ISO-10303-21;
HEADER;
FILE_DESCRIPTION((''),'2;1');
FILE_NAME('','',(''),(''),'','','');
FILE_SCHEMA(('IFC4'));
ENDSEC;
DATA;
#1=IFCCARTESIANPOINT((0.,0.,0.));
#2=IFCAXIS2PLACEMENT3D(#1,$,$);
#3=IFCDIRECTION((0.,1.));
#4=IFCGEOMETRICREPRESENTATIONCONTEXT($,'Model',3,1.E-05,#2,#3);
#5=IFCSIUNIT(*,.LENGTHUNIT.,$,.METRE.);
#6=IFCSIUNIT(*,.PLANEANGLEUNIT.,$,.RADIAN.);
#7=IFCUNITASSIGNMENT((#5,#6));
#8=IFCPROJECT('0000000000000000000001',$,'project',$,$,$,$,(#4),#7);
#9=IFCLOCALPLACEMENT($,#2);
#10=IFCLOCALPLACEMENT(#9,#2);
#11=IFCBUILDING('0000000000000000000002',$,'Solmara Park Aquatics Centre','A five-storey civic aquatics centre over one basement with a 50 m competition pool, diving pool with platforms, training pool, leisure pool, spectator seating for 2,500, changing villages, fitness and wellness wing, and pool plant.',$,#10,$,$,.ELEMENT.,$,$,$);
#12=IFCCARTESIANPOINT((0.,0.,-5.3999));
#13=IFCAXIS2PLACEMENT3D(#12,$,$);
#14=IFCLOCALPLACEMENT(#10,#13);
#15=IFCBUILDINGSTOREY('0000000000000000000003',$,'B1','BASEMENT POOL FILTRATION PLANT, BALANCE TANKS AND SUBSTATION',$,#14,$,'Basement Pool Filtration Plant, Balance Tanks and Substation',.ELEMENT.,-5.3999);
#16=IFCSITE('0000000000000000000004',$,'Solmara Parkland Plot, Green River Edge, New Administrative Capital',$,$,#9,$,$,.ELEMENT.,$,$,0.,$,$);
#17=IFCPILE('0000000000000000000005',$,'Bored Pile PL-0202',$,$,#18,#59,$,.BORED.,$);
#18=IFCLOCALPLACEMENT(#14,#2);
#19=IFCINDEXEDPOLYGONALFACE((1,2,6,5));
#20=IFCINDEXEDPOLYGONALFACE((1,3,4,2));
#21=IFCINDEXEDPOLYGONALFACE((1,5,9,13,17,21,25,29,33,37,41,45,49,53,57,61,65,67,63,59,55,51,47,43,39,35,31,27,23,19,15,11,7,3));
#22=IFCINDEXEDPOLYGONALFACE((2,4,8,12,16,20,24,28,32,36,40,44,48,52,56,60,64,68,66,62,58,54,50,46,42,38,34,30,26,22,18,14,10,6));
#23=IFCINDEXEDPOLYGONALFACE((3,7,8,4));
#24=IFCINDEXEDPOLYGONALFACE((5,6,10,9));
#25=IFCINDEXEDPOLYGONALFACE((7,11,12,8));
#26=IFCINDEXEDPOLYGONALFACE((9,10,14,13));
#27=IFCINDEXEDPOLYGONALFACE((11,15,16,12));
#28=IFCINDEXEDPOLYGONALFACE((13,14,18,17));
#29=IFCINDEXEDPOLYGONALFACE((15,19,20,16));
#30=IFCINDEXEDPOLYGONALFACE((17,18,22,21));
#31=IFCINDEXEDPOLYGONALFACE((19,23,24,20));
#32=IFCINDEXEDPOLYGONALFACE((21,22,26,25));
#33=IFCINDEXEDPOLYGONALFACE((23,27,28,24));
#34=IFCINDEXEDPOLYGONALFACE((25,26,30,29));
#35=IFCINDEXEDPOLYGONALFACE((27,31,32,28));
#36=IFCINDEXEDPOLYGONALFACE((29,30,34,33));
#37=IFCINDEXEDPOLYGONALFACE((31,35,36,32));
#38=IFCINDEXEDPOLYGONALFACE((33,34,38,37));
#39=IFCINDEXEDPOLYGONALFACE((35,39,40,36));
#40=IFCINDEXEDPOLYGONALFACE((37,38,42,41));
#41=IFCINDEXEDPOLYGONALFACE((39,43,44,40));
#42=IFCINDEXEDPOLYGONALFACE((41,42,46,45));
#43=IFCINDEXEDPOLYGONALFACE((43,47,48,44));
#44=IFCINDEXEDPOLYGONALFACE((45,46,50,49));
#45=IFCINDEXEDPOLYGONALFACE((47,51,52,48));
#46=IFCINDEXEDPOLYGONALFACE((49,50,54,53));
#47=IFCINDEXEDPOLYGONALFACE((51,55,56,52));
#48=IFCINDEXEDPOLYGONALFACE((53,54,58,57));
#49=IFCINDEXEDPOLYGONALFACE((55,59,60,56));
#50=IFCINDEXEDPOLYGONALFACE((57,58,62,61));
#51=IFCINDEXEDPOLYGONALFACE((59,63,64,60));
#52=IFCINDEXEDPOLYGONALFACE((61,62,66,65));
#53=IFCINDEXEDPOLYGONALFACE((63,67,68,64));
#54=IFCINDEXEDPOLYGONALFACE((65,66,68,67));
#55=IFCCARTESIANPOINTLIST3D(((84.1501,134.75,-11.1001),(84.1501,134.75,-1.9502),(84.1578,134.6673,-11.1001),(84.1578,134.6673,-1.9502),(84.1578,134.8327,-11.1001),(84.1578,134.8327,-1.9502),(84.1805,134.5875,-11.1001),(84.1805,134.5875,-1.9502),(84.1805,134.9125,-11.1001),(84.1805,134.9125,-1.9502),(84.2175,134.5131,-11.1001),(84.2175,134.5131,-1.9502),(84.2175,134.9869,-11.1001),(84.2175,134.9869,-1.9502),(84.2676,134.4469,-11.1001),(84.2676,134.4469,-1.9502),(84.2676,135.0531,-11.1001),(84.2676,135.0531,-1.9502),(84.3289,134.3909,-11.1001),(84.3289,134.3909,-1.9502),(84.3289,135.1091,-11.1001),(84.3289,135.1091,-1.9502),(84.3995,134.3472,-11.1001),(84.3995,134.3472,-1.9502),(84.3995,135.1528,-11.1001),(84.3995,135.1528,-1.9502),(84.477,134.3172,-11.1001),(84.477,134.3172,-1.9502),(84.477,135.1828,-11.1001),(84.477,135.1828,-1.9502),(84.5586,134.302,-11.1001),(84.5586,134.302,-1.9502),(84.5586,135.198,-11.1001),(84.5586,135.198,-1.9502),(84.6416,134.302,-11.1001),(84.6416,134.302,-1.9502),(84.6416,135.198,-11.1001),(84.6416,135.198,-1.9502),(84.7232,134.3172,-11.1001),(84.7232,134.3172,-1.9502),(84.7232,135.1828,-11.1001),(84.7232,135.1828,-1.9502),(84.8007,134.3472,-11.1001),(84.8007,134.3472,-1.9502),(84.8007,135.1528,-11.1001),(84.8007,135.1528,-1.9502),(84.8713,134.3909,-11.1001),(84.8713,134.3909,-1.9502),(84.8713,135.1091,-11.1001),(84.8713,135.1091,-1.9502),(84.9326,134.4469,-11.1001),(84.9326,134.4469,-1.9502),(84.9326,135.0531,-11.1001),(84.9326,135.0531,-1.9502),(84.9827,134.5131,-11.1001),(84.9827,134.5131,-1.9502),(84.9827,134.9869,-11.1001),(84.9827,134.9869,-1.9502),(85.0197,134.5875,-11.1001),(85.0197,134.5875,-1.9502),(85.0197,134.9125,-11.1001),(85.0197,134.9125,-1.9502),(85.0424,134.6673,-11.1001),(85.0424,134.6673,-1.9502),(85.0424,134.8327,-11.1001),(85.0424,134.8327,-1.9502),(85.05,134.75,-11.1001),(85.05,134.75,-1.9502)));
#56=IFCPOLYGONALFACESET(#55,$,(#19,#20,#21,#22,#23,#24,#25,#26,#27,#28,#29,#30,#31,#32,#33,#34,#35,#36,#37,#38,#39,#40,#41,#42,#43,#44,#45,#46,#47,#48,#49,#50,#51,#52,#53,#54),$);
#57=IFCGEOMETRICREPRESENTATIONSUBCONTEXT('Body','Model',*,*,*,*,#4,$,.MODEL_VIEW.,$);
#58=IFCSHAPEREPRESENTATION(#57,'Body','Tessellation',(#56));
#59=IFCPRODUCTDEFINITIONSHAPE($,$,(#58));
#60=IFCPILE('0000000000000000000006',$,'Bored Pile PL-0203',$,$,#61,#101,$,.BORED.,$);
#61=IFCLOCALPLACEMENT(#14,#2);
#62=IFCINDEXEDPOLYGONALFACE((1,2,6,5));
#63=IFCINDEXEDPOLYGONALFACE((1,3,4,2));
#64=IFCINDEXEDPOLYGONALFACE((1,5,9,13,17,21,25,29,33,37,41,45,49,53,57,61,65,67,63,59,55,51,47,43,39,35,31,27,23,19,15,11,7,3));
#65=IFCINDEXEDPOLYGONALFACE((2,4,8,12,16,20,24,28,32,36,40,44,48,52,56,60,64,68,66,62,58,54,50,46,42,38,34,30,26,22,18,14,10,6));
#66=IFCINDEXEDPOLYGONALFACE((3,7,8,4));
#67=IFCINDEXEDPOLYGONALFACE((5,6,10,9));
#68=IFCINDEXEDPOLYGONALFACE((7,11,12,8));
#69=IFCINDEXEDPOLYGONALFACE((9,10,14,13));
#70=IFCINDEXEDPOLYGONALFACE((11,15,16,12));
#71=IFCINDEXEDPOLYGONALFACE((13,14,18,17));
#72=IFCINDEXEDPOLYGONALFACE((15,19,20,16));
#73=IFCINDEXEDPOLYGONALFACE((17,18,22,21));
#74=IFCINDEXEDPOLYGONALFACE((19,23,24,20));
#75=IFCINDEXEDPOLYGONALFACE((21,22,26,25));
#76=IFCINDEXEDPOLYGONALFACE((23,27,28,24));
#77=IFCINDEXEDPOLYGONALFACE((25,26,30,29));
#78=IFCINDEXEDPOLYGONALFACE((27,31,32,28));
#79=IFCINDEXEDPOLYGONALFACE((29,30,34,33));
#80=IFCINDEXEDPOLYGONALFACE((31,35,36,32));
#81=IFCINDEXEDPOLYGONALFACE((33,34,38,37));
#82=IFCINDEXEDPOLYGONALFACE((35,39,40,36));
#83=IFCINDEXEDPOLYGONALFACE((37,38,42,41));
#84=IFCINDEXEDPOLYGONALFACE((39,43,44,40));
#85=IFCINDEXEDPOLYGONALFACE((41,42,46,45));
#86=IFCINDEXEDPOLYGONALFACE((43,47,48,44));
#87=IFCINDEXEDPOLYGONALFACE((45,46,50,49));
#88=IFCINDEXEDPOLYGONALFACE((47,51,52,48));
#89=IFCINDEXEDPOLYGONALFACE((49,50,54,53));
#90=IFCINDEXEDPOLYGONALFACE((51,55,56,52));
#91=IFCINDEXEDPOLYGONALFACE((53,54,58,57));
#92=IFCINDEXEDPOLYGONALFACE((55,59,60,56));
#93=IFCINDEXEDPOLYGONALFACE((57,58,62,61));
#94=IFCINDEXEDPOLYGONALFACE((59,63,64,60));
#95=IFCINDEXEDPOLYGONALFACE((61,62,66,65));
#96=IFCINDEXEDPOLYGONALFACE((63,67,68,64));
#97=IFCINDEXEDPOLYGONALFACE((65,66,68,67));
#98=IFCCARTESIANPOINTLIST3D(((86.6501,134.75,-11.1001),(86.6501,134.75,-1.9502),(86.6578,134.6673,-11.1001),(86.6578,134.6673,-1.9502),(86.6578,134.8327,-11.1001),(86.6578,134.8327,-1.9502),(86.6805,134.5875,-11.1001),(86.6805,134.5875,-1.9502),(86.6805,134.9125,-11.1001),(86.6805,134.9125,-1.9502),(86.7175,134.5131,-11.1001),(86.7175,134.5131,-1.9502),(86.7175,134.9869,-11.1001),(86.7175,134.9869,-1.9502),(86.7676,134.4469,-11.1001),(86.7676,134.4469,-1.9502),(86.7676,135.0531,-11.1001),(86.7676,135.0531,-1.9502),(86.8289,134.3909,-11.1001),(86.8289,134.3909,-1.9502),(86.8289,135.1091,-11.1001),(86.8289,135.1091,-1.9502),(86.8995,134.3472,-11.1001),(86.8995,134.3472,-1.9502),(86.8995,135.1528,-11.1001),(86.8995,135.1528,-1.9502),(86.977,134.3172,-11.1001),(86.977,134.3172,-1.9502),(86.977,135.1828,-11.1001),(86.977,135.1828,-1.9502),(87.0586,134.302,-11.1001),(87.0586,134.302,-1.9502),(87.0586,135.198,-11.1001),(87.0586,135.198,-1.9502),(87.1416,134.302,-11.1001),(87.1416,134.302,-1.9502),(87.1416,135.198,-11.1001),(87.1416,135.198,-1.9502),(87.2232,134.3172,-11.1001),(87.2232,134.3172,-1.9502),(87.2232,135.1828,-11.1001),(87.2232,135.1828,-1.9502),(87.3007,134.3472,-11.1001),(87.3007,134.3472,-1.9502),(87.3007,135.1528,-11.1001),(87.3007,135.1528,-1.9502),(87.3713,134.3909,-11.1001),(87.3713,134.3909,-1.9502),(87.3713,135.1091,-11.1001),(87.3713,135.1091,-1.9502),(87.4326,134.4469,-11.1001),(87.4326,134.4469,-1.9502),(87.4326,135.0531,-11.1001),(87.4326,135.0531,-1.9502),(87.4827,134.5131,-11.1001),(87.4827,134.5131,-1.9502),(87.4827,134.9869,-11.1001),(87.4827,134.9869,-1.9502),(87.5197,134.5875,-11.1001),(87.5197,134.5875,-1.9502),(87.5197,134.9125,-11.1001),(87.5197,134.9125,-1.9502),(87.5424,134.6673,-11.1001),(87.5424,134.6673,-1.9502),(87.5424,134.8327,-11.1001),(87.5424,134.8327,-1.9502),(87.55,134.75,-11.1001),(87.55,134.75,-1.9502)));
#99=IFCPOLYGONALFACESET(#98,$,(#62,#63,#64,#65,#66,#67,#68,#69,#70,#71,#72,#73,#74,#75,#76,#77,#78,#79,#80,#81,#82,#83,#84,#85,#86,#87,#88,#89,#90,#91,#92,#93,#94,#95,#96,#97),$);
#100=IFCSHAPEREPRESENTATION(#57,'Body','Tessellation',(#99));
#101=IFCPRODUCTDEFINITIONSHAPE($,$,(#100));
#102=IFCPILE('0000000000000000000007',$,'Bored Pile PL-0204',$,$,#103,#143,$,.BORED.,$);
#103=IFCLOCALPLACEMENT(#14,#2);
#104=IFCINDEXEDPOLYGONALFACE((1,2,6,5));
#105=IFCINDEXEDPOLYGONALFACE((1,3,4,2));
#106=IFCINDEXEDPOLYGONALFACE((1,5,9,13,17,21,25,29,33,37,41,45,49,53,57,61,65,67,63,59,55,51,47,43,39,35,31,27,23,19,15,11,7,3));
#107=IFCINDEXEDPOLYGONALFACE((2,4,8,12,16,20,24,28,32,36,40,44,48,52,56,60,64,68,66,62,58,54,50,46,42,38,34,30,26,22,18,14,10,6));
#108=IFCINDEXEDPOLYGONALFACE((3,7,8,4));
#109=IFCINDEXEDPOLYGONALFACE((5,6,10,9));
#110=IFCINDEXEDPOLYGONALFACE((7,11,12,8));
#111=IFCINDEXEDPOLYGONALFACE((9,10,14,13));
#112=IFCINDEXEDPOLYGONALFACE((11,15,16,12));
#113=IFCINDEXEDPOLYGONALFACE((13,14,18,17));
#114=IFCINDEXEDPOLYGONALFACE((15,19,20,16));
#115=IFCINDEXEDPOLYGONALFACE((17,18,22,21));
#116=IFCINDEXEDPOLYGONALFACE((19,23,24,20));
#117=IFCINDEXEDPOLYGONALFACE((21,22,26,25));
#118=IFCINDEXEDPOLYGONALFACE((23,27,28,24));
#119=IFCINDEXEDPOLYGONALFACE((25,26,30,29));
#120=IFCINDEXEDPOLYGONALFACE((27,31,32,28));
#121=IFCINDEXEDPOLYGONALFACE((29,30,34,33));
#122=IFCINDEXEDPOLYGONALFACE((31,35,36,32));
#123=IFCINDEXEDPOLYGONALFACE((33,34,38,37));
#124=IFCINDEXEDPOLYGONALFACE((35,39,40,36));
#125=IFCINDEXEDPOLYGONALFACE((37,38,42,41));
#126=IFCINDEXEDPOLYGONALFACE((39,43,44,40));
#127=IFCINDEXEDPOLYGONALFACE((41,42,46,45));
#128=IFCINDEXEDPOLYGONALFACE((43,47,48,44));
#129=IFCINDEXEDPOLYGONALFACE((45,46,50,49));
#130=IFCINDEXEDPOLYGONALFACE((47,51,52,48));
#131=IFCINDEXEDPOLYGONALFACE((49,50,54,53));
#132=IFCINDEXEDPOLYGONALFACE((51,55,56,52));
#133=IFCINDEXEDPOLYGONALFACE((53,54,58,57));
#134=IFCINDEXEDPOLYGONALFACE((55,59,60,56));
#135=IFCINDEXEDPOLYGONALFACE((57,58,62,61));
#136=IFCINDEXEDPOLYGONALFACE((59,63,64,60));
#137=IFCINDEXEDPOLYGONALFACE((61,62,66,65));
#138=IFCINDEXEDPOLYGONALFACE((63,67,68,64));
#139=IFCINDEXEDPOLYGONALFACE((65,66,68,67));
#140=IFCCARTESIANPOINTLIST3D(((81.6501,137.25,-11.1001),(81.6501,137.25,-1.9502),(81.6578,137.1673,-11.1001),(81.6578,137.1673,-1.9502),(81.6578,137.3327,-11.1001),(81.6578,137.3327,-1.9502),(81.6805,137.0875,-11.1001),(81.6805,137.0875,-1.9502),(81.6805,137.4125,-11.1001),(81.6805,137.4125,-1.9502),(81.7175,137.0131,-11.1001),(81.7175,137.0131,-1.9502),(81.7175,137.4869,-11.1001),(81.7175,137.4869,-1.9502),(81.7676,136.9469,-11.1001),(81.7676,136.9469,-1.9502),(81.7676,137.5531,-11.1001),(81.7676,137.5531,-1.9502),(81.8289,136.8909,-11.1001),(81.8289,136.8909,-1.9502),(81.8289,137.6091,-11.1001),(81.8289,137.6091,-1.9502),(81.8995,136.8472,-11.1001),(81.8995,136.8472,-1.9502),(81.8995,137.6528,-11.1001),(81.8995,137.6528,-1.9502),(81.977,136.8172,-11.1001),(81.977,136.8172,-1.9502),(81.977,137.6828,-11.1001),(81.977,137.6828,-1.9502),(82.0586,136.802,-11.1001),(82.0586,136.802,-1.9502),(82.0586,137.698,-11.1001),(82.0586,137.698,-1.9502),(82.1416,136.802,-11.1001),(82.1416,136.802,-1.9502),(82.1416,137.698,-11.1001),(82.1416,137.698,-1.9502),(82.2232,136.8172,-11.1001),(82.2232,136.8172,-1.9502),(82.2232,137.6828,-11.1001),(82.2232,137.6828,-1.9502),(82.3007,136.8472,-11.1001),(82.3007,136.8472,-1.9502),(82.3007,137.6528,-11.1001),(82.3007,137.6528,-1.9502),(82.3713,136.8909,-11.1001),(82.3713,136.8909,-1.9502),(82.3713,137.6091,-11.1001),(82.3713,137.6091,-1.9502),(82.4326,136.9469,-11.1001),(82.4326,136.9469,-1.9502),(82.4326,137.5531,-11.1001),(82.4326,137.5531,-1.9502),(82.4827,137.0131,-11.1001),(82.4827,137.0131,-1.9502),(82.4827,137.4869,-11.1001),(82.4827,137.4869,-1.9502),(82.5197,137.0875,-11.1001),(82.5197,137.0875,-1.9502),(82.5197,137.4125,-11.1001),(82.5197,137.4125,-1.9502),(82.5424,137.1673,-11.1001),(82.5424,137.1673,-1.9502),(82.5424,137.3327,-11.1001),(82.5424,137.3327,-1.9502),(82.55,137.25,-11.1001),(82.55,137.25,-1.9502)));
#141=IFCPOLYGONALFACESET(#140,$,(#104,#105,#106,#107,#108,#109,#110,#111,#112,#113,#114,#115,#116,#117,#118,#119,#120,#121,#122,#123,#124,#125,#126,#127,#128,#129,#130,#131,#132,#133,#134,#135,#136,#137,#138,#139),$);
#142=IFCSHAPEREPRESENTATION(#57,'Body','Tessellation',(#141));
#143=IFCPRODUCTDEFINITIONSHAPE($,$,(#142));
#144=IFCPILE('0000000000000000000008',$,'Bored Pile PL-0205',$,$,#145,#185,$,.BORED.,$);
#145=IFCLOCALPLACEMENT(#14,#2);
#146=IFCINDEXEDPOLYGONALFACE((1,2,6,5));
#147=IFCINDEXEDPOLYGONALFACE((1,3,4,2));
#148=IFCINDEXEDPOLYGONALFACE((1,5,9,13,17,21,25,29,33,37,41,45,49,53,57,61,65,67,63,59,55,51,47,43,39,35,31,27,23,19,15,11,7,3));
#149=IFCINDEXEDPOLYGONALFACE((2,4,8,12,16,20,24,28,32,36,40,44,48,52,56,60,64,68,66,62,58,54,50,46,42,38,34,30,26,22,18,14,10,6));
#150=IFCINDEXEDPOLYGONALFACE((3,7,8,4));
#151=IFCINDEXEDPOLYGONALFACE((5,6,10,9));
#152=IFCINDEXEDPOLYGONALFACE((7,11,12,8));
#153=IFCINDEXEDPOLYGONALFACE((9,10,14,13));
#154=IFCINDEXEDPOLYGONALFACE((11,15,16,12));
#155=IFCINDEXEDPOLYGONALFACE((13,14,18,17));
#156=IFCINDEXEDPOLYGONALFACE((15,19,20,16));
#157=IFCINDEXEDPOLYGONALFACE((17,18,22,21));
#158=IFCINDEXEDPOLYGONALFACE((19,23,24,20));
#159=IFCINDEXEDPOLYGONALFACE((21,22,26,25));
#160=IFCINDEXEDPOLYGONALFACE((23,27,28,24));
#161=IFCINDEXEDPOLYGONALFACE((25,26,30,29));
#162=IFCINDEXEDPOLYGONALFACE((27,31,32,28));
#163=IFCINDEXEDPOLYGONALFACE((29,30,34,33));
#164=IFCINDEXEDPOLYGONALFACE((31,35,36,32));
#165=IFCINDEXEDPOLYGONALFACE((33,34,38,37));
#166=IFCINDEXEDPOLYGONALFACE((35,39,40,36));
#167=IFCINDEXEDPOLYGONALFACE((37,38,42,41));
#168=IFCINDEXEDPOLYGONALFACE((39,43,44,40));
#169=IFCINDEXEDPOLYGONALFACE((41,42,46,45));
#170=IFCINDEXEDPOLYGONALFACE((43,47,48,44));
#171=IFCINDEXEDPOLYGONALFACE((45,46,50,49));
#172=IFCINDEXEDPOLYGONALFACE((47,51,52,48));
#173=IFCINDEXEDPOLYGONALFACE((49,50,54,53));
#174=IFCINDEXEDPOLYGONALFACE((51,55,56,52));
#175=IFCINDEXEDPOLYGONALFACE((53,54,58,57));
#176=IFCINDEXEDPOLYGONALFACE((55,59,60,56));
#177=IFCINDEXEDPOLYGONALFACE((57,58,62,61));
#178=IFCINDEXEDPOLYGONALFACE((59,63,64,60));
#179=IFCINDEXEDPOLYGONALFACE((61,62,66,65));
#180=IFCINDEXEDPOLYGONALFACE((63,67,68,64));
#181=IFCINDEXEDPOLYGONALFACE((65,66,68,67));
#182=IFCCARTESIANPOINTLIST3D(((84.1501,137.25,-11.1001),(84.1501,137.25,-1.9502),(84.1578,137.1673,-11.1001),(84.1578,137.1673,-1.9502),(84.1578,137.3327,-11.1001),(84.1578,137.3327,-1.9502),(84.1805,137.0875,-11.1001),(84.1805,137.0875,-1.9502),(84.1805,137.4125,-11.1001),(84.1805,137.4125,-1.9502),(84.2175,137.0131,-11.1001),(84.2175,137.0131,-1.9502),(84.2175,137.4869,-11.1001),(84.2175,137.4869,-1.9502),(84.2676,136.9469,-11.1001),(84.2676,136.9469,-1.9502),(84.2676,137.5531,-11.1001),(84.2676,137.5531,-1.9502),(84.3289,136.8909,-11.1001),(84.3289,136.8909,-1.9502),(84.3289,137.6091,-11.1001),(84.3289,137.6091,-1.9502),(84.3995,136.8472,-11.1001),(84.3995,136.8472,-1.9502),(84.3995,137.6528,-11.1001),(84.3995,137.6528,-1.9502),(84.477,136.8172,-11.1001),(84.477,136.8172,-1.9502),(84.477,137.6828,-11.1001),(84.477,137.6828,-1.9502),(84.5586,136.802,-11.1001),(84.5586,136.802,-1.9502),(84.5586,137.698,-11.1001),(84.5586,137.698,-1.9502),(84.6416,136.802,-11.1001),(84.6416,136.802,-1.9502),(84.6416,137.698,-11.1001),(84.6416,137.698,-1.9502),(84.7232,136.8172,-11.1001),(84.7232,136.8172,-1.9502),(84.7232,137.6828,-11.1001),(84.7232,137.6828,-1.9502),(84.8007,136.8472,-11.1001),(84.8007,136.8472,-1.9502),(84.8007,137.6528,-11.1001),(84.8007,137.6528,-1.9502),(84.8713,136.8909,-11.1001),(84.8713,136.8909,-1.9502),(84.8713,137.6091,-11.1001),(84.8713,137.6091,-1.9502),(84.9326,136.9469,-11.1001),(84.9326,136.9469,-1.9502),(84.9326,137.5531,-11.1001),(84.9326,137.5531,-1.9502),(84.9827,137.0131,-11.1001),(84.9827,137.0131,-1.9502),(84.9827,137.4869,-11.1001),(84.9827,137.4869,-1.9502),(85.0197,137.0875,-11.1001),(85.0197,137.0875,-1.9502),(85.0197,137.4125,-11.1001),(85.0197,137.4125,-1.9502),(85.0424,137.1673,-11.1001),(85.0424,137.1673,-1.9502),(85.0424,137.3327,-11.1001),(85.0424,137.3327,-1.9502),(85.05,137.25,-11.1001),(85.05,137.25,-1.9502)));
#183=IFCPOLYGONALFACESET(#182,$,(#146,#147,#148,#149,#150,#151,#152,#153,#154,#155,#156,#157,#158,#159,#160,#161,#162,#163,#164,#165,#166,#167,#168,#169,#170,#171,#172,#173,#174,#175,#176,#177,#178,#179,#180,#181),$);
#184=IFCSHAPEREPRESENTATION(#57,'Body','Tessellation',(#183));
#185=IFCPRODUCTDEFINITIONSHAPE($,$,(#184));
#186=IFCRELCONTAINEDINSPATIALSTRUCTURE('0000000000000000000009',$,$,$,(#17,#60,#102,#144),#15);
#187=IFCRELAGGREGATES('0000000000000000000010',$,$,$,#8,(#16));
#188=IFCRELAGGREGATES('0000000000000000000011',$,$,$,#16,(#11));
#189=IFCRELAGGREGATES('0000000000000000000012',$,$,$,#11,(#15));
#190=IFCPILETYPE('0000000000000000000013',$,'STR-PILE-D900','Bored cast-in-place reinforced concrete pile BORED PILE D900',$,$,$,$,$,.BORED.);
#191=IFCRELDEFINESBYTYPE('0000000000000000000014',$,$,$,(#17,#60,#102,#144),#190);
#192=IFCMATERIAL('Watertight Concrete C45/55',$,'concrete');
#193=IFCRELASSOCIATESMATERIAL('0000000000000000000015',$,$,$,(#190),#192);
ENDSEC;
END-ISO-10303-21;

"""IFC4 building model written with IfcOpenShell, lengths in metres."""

from ifc_helpers import new_model, si_unit, direction, frame, origin, origin_2d, place, context, subcontext, project, spatial, circle, extrude, material, material_profile, profile_set, type_object, element, save


model = new_model("IFC4")

# Units and contexts
model_context = context("Model", 3, precision=1e-05, world=origin(), true_north=direction((0.0, 1.0)))
body_context = subcontext(model_context, "Body", "Model", "MODEL_VIEW")
ifc_project = project(units=[si_unit("LENGTHUNIT", "METRE"), si_unit("PLANEANGLEUNIT", "RADIAN")], contexts=[model_context])

# Site, building, storey
site_placement = place(None, origin())
site = spatial("IfcSite", under=ifc_project, at=site_placement, Name="Solmara Parkland Plot, Green River Edge, New Administrative Capital", CompositionType="ELEMENT", RefElevation=0.0)
building_placement = place(site_placement, origin())
building = spatial("IfcBuilding", under=site, at=building_placement, Name="Solmara Park Aquatics Centre", Description="A five-storey civic aquatics centre over one basement with a 50 m competition pool, diving pool with platforms, training pool, leisure pool, spectator seating for 2,500, changing villages, fitness and wellness wing, and pool plant.", CompositionType="ELEMENT")
storey_placement = place(building_placement, frame((0.0, 0.0, -5.3999)))
storey = spatial("IfcBuildingStorey", under=building, at=storey_placement, Name="B1", Description="BASEMENT POOL FILTRATION PLANT, BALANCE TANKS AND SUBSTATION", LongName="Basement Pool Filtration Plant, Balance Tanks and Substation", CompositionType="ELEMENT", Elevation=-5.3999)

# Shared definitions
ifc_material_1 = material(Name="Watertight Concrete C45/55", Category="concrete")

# Piles
ifc_material_profile_1 = material_profile(ifc_material_1, circle(Radius=0.45, at=origin_2d()), Name="BORED PILE D900")
ifc_profile_set_1 = profile_set([ifc_material_profile_1], Name="Watertight Concrete C45/55")
pile_type = type_object("IfcPileType", Name="STR-PILE-D900", Description="Bored cast-in-place reinforced concrete pile BORED PILE D900", PredefinedType="BORED", material=ifc_profile_set_1)
for number, where, z_axis, x_axis, name in (
    (1, (84.6001, 134.75, -1.9502), (0.0, 0.0, -1.0), (1.0, 0.0, 0.0), "Bored Pile PL-0202"),
    (2, (87.1001, 134.75, -1.9502), (0.0, 0.0, -1.0), (1.0, 0.0, 0.0), "Bored Pile PL-0203"),
    (3, (82.1001, 137.25, -1.9502), (0.0, 0.0, -1.0), (1.0, 0.0, 0.0), "Bored Pile PL-0204"),
    (4, (84.6001, 137.25, -1.9502), (0.0, 0.0, -1.0), (1.0, 0.0, 0.0), "Bored Pile PL-0205"),
):
    element("IfcPile", number, at=place(storey_placement, frame(where, z_axis=z_axis, x_axis=x_axis)), inside=storey, type_object=pile_type, Name=name, PredefinedType="BORED", context=body_context, shape_type="SweptSolid", body=[
        extrude(circle(Radius=0.45, at=origin_2d()), origin(), (0.0, 0.0, 1.0), 9.1499),
    ])

save(model, "model.ifc")
